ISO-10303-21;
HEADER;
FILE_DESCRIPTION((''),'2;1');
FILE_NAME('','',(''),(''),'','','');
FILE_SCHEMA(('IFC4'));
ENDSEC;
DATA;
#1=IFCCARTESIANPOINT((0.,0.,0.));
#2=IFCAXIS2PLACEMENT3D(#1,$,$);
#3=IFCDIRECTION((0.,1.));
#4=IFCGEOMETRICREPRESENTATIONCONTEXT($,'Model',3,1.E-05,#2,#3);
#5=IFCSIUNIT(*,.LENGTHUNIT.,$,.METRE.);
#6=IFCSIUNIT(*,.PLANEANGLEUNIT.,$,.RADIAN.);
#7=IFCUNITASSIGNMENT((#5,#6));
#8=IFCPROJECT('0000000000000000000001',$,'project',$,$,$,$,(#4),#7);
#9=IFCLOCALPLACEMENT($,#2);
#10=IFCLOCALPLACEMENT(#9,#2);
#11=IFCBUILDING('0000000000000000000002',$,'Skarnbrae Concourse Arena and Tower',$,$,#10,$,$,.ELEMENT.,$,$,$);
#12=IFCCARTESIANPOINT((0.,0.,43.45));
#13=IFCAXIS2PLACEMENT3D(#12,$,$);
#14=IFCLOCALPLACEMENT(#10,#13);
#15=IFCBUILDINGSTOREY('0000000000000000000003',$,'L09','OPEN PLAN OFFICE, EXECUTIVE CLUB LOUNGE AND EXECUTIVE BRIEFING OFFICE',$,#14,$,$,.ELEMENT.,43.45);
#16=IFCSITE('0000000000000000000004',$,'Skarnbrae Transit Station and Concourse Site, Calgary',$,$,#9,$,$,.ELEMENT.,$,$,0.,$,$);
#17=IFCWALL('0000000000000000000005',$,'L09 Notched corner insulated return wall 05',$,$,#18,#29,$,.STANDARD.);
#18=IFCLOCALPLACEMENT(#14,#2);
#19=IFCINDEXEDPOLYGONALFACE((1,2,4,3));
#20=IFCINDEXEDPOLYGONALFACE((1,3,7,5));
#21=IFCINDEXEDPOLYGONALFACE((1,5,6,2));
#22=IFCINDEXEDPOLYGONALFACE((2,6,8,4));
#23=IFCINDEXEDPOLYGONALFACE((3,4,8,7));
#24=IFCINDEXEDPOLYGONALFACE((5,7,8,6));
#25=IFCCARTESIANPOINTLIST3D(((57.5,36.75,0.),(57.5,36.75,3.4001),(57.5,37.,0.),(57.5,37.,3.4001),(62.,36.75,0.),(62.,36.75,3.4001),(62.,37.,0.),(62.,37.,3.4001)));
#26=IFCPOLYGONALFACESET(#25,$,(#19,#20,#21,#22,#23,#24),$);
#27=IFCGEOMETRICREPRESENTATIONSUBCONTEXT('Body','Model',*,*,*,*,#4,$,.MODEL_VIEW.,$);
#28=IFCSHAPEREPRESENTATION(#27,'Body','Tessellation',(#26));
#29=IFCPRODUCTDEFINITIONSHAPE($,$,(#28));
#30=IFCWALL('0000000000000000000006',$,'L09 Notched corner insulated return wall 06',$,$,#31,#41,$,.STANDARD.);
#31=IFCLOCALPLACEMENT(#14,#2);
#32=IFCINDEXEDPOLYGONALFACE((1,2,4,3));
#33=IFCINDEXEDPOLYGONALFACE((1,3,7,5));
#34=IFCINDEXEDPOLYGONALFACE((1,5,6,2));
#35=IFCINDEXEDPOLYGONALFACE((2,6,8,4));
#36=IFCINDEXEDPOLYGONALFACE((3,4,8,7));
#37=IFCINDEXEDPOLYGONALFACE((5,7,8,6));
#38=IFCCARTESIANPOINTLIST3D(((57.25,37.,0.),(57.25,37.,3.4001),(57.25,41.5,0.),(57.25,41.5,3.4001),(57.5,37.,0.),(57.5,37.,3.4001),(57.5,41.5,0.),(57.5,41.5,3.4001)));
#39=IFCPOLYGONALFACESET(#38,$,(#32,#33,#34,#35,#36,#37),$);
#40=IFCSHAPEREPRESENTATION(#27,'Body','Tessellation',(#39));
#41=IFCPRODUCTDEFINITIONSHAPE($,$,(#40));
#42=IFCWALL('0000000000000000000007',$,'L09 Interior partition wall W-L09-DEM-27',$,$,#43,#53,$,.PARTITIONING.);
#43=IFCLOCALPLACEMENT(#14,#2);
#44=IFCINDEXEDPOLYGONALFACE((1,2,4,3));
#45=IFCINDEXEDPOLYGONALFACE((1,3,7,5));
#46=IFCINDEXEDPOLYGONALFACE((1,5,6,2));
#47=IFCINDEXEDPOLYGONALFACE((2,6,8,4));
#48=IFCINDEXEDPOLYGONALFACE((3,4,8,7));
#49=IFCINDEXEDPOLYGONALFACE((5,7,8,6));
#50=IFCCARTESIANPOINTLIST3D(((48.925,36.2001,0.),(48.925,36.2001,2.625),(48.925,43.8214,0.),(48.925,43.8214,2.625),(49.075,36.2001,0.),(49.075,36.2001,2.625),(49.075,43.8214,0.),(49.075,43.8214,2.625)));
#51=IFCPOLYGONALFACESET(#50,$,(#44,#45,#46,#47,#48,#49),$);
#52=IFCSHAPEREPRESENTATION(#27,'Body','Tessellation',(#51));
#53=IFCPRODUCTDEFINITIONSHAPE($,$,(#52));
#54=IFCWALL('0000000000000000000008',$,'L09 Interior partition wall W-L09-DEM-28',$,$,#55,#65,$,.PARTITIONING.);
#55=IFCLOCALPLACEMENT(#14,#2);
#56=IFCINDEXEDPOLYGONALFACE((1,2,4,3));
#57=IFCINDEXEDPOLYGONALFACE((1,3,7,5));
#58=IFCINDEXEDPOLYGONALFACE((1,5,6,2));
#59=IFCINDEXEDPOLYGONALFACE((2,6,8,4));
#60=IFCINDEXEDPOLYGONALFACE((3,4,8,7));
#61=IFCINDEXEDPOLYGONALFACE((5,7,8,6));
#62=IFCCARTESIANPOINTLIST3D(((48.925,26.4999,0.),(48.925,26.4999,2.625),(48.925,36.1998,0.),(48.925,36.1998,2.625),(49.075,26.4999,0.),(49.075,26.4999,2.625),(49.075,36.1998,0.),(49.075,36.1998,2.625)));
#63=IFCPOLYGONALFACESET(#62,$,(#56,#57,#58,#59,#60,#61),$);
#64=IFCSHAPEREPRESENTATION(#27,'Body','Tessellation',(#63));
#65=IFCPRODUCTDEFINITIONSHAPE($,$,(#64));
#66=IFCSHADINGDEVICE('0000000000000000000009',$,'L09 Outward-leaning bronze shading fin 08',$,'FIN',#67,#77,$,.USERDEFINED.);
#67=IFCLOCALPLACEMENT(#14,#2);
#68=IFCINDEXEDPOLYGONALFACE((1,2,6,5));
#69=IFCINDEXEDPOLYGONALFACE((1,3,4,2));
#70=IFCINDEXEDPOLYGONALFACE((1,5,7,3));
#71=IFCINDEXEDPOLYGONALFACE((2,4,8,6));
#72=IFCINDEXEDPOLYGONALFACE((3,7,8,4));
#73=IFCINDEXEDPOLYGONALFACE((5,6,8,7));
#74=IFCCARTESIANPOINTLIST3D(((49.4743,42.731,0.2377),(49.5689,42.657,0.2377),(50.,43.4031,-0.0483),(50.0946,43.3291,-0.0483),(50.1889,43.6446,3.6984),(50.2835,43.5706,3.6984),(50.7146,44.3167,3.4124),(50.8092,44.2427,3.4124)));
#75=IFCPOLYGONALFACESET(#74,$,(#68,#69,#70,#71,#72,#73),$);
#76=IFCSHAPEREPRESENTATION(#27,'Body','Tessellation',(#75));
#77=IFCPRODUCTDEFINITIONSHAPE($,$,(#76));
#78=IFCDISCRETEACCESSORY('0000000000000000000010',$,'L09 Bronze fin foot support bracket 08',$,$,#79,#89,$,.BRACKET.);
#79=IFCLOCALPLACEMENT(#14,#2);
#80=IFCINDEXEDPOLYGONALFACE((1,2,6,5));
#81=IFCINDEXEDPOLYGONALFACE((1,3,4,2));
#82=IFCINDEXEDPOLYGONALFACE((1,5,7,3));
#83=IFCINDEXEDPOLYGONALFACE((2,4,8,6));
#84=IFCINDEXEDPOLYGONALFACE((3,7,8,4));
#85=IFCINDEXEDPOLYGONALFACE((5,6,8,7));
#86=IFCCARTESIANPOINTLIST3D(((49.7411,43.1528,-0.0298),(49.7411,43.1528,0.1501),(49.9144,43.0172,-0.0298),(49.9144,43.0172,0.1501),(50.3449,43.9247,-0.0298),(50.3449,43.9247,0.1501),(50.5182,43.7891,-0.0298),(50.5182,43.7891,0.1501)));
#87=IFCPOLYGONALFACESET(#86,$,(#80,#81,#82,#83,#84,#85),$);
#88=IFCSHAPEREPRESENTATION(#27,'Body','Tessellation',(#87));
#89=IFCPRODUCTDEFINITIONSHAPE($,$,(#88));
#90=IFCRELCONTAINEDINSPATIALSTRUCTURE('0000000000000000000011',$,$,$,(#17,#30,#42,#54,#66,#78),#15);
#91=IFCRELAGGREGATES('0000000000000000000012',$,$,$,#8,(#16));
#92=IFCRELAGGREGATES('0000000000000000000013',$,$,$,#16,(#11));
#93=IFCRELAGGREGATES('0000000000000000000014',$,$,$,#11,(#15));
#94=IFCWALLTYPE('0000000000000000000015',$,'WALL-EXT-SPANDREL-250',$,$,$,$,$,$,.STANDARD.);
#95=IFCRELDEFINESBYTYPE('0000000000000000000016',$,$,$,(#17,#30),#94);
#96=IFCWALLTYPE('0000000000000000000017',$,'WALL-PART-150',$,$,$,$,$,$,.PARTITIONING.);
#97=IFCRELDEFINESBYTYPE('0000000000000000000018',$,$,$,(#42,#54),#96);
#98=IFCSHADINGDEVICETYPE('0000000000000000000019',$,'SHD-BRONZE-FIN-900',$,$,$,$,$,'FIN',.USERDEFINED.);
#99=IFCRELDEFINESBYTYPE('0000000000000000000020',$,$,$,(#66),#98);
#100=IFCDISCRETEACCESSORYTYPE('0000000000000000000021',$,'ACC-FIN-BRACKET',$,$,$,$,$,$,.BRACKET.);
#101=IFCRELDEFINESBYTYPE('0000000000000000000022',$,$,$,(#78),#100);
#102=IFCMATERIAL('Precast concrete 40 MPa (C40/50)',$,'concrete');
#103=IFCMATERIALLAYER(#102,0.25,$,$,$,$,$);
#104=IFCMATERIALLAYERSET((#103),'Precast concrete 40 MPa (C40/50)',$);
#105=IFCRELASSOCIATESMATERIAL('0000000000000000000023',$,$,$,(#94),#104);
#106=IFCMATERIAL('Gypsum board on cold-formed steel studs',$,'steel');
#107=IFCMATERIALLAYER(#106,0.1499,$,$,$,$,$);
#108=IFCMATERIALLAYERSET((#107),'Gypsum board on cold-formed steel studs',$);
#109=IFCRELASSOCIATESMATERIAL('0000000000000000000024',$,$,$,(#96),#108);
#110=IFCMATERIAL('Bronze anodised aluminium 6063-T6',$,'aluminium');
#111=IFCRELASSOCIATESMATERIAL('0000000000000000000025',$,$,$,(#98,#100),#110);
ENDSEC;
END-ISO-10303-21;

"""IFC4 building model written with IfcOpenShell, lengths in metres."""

from ifc_helpers import new_model, si_unit, direction, frame, frame_2d, origin, origin_2d, place, context, subcontext, project, spatial, rectangle, extrude, source, transform, mapped, material, layer, layer_set, type_object, element, save


model = new_model("IFC4")

# Units and contexts
model_context = context("Model", 3, precision=1e-05, world=origin(), true_north=direction((0.0, 1.0)))
body_context = subcontext(model_context, "Body", "Model", "MODEL_VIEW")
ifc_project = project(units=[si_unit("LENGTHUNIT", "METRE"), si_unit("PLANEANGLEUNIT", "RADIAN")], contexts=[model_context])

# Site, building, storey
site_placement = place(None, origin())
site = spatial("IfcSite", under=ifc_project, at=site_placement, Name="Skarnbrae Transit Station and Concourse Site, Calgary", CompositionType="ELEMENT", RefElevation=0.0)
building_placement = place(site_placement, origin())
building = spatial("IfcBuilding", under=site, at=building_placement, Name="Skarnbrae Concourse Arena and Tower", CompositionType="ELEMENT")
storey_placement = place(building_placement, frame((0.0, 0.0, 43.45)))
storey = spatial("IfcBuildingStorey", under=building, at=storey_placement, Name="L09", Description="OPEN PLAN OFFICE, EXECUTIVE CLUB LOUNGE AND EXECUTIVE BRIEFING OFFICE", CompositionType="ELEMENT", Elevation=43.45)

# Shared definitions
ifc_material_1 = material(Name="Bronze anodised aluminium 6063-T6", Category="aluminium")

# Walls
ifc_material_2 = material(Name="Precast concrete 40 MPa (C40/50)", Category="concrete")
ifc_layer_1 = layer(ifc_material_2, 0.25)
ifc_layer_set_1 = layer_set([ifc_layer_1], Name="Precast concrete 40 MPa (C40/50)")
wall_type_1 = type_object("IfcWallType", Name="WALL-EXT-SPANDREL-250", PredefinedType="STANDARD", material=ifc_layer_set_1)
shared_shape_1 = source(origin(), body_context, "Body", "SweptSolid", [
    extrude(rectangle(XDim=4.5, YDim=0.25, at=frame_2d((2.25, 0.0))), origin(), (0.0, 0.0, 1.0), 3.4001),
])
for number, where, z_axis, x_axis, name in (
    (1, (62.0, 36.875, 0.0), (0.0, 0.0, 1.0), (-1.0, 0.0, 0.0), "L09 Notched corner insulated return wall 05"),
    (2, (57.375, 37.0, 0.0), (0.0, 0.0, 1.0), (0.0, 1.0, 0.0), "L09 Notched corner insulated return wall 06"),
):
    element("IfcWall", number, at=place(storey_placement, frame(where, z_axis=z_axis, x_axis=x_axis)), inside=storey, type_object=wall_type_1, Name=name, PredefinedType="STANDARD", context=body_context, shape_type="MappedRepresentation", body=[
        mapped(shared_shape_1, transform((0.0, 0.0, 0.0))),
    ])
ifc_material_3 = material(Name="Gypsum board on cold-formed steel studs", Category="steel")
ifc_layer_2 = layer(ifc_material_3, 0.1499)
ifc_layer_set_2 = layer_set([ifc_layer_2], Name="Gypsum board on cold-formed steel studs")
wall_type_2 = type_object("IfcWallType", Name="WALL-PART-150", PredefinedType="PARTITIONING", material=ifc_layer_set_2)
shared_shape_2 = source(origin(), body_context, "Body", "SweptSolid", [
    extrude(rectangle(XDim=7.6213, YDim=0.1499, at=frame_2d((3.8105, 0.0))), origin(), (0.0, 0.0, 1.0), 2.625),
])
wall_1_placement = place(storey_placement, frame((49.0, 43.8213, 0.0), z_axis=(0.0, 0.0, 1.0), x_axis=(0.0, -1.0, 0.0)))
element("IfcWall", 3, at=wall_1_placement, inside=storey, type_object=wall_type_2, Name="L09 Interior partition wall W-L09-DEM-27", PredefinedType="PARTITIONING", context=body_context, shape_type="MappedRepresentation", body=[
    mapped(shared_shape_2, transform((0.0, 0.0, 0.0))),
])
shared_shape_3 = source(origin(), body_context, "Body", "SweptSolid", [
    extrude(rectangle(XDim=9.7, YDim=0.1499, at=frame_2d((4.8501, 0.0))), origin(), (0.0, 0.0, 1.0), 2.625),
])
wall_2_placement = place(storey_placement, frame((49.0, 36.2, 0.0), z_axis=(0.0, 0.0, 1.0), x_axis=(0.0, -1.0, 0.0)))
element("IfcWall", 4, at=wall_2_placement, inside=storey, type_object=wall_type_2, Name="L09 Interior partition wall W-L09-DEM-28", PredefinedType="PARTITIONING", context=body_context, shape_type="MappedRepresentation", body=[
    mapped(shared_shape_3, transform((0.0, 0.0, 0.0))),
])

# Shading device
shading_device_type = type_object("IfcShadingDeviceType", Name="SHD-BRONZE-FIN-900", ElementType="FIN", PredefinedType="USERDEFINED", material=ifc_material_1)
shared_shape_4 = source(origin(), body_context, "Body", "SweptSolid", [
    extrude(rectangle(XDim=0.1201, YDim=0.8999, at=origin_2d()), origin(), (0.0, 0.0, 1.0), 3.6499),
])
shading_device_placement = place(storey_placement, frame((49.7844, 43.03, 0.0947), z_axis=(0.195802, 0.250318, 0.948157), x_axis=(0.787656, -0.616115, 0.0)))
element("IfcShadingDevice", 5, at=shading_device_placement, inside=storey, type_object=shading_device_type, Name="L09 Outward-leaning bronze shading fin 08", ObjectType="FIN", PredefinedType="USERDEFINED", context=body_context, shape_type="MappedRepresentation", body=[
    mapped(shared_shape_4, transform((0.0, 0.0, 0.0))),
])

# Discrete accessory
discrete_accessory_type = type_object("IfcDiscreteAccessoryType", Name="ACC-FIN-BRACKET", PredefinedType="BRACKET", material=ifc_material_1)
shared_shape_5 = source(origin(), body_context, "Body", "SweptSolid", [
    extrude(rectangle(XDim=0.22, YDim=0.98, at=origin_2d()), origin(), (0.0, 0.0, 1.0), 0.1799),
])
discrete_accessory_placement = place(storey_placement, frame((50.1296, 43.4709, -0.0298), z_axis=(0.0, 0.0, 1.0), x_axis=(0.787656, -0.616115, 0.0)))
element("IfcDiscreteAccessory", 6, at=discrete_accessory_placement, inside=storey, type_object=discrete_accessory_type, Name="L09 Bronze fin foot support bracket 08", PredefinedType="BRACKET", context=body_context, shape_type="MappedRepresentation", body=[
    mapped(shared_shape_5, transform((0.0, 0.0, 0.0))),
])

save(model, "model.ifc")
